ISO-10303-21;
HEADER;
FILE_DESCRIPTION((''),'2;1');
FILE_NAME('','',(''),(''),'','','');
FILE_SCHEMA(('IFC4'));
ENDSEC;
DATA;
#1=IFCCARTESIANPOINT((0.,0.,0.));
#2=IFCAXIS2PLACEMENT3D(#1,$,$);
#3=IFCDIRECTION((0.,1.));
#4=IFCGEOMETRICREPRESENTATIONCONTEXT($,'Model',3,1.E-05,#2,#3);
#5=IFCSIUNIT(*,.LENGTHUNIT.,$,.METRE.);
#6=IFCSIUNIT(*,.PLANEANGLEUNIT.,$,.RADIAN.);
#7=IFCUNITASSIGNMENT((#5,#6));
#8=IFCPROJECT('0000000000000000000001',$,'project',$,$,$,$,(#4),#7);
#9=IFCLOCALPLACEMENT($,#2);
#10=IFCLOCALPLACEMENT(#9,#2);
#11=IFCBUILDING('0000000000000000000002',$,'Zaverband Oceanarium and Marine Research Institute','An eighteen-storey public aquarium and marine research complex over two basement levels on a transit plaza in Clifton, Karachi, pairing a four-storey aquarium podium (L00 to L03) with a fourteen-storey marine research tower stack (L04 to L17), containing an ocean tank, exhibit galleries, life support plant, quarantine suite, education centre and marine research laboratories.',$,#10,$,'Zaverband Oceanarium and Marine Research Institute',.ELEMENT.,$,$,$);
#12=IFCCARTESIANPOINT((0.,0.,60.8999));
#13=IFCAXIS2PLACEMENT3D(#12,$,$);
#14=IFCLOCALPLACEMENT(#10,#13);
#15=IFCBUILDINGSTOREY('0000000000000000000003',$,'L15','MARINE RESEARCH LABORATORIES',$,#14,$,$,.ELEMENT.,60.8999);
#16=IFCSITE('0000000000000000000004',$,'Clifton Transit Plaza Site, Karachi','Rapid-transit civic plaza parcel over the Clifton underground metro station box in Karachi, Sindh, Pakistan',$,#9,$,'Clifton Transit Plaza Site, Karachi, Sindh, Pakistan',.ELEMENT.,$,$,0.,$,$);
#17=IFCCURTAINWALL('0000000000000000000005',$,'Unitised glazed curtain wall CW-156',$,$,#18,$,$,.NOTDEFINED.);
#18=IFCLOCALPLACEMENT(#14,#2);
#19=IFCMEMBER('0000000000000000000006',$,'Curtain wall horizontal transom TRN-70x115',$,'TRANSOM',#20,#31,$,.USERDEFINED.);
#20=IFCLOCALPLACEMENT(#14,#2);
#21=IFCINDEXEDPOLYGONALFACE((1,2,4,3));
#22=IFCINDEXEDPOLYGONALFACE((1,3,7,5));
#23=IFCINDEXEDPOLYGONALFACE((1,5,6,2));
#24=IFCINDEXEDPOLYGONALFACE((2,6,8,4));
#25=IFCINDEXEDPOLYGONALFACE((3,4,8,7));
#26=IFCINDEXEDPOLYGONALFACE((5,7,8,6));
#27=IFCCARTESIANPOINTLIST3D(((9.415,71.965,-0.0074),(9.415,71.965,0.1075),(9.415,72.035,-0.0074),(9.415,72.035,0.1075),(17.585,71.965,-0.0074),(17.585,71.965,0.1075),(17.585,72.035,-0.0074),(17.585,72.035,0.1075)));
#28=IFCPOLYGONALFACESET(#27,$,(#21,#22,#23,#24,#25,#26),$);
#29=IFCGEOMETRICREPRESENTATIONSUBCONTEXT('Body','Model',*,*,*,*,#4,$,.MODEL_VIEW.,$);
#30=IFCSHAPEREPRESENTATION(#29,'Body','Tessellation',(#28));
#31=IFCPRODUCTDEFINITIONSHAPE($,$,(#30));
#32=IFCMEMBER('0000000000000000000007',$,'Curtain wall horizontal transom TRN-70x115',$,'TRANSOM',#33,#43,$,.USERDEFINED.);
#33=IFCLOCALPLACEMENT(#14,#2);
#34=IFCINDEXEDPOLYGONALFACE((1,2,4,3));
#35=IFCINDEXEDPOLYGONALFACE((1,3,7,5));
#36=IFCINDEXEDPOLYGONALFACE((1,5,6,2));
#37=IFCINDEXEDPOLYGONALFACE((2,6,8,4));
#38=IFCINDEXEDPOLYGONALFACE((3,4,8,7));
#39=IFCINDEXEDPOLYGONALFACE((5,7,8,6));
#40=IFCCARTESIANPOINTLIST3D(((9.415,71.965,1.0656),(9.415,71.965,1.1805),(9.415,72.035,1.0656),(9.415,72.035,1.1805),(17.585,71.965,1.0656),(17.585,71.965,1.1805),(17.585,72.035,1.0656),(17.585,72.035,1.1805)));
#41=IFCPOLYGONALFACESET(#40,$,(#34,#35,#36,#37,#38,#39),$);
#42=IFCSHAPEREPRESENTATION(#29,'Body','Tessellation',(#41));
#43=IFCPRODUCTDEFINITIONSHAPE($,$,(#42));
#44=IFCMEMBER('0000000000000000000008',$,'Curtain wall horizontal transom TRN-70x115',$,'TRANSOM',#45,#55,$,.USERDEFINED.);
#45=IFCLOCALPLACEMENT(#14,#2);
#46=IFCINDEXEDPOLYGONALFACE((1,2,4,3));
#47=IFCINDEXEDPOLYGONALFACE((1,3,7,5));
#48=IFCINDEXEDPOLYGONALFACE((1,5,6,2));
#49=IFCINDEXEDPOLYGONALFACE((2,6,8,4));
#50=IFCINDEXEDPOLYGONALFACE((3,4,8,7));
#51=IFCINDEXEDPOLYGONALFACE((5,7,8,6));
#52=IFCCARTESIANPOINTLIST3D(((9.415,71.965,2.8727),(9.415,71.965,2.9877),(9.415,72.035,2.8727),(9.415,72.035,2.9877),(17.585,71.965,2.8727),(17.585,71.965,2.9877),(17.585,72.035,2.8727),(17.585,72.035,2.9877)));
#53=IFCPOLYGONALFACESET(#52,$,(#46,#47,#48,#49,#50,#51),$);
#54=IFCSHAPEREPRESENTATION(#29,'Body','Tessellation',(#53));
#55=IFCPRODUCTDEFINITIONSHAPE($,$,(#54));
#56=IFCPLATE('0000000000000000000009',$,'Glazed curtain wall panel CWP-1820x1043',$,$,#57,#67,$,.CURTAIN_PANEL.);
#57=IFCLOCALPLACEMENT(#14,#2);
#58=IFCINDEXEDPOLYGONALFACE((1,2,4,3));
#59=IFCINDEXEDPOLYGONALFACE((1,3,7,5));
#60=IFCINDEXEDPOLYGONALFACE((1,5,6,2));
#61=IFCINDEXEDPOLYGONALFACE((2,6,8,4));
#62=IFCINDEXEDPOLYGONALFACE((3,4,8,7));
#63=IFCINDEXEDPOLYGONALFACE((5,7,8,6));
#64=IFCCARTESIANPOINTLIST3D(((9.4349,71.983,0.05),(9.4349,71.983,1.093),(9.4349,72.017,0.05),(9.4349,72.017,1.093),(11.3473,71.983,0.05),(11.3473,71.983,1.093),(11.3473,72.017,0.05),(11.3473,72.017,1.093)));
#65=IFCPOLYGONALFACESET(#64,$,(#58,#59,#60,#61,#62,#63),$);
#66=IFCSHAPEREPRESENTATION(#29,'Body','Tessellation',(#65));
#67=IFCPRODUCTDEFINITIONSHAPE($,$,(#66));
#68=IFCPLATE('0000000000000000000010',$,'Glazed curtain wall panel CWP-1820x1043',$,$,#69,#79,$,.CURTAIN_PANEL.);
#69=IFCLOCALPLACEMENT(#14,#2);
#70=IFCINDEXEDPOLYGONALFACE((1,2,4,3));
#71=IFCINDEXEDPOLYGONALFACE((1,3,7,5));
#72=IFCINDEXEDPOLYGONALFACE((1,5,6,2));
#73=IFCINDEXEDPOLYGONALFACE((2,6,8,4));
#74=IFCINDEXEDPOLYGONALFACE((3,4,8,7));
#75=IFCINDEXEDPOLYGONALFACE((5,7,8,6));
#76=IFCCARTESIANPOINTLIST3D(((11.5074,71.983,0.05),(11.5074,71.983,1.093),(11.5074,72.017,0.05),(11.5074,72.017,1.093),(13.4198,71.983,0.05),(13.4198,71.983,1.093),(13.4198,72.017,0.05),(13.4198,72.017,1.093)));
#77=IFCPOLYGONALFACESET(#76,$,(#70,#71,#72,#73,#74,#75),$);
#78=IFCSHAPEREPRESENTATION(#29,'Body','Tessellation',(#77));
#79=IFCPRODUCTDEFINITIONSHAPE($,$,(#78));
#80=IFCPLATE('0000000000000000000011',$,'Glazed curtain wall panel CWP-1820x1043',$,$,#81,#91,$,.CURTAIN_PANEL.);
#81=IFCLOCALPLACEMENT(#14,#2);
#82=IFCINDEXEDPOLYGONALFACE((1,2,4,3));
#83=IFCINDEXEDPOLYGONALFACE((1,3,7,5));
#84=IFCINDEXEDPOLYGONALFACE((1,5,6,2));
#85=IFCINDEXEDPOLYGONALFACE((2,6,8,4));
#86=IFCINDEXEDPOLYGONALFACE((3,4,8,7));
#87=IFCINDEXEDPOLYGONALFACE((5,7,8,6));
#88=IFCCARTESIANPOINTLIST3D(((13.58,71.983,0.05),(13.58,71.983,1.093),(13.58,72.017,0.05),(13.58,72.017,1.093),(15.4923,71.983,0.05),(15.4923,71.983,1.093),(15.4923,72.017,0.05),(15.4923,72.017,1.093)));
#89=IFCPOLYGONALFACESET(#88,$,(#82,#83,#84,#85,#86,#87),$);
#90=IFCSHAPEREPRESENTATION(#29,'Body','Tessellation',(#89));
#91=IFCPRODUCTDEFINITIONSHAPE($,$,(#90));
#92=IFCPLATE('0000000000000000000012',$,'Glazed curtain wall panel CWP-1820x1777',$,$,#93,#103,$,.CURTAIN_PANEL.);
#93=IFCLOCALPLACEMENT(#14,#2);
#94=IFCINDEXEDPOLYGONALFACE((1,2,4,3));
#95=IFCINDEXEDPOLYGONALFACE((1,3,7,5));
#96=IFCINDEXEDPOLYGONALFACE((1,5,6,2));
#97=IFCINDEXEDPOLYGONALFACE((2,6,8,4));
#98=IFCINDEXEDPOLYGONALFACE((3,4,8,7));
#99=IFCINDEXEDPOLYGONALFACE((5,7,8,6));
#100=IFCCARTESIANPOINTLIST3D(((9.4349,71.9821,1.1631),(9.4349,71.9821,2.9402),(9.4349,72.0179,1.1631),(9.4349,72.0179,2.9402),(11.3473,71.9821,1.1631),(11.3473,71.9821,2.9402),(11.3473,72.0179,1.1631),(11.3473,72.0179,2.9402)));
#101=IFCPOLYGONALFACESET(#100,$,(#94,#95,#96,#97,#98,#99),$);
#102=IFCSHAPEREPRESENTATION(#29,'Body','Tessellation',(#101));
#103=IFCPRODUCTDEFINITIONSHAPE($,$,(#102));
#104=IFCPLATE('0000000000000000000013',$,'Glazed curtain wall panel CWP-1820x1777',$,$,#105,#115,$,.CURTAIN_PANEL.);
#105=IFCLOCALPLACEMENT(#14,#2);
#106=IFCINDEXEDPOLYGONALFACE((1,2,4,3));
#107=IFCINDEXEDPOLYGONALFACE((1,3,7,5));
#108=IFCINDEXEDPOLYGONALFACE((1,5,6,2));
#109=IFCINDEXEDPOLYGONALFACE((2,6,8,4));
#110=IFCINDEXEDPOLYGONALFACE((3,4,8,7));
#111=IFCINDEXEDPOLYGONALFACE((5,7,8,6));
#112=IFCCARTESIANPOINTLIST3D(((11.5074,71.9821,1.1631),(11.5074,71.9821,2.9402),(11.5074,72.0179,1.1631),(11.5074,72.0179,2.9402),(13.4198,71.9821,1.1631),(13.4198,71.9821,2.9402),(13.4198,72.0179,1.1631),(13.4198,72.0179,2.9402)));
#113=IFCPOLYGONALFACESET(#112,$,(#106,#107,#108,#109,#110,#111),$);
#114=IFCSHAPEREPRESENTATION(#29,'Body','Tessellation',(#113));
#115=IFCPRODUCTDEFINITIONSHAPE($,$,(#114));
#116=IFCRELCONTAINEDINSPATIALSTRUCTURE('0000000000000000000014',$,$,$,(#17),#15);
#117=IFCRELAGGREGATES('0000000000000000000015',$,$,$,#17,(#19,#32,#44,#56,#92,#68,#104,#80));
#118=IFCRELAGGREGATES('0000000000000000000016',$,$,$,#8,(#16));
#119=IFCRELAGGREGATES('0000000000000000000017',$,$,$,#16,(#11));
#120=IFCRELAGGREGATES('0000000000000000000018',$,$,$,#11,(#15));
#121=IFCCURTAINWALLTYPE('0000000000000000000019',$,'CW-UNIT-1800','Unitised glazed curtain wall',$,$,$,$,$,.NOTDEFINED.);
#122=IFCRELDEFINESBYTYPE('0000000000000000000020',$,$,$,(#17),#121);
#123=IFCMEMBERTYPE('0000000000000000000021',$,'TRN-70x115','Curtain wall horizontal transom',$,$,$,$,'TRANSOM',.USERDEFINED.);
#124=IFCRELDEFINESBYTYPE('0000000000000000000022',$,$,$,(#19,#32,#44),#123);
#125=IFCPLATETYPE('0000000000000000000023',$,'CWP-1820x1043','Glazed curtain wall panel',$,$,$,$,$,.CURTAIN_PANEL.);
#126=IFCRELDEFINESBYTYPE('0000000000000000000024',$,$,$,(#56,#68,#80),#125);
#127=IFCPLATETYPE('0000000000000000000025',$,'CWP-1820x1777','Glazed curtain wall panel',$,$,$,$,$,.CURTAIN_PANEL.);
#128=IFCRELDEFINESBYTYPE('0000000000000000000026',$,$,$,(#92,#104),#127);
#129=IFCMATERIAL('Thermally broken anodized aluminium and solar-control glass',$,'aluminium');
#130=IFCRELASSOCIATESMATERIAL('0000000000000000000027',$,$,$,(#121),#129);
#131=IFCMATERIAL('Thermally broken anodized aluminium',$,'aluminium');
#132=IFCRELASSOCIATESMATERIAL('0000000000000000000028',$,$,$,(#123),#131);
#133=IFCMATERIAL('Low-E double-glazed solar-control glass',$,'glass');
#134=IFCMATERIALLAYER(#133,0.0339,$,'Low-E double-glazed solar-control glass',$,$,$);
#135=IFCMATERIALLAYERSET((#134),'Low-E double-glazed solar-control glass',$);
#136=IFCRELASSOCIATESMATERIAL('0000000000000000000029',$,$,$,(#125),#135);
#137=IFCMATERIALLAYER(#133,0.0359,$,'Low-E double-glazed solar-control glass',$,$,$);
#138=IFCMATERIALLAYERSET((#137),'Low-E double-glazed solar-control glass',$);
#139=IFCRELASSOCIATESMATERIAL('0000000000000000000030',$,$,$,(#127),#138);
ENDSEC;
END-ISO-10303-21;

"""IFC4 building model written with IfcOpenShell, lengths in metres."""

from ifc_helpers import new_model, si_unit, direction, frame, frame_2d, origin, origin_2d, place, context, subcontext, project, spatial, rectangle, extrude, material, layer, layer_set, material_profile, profile_set, type_object, element, aggregate, save


model = new_model("IFC4")

# Units and contexts
model_context = context("Model", 3, precision=1e-05, world=origin(), true_north=direction((0.0, 1.0)))
body_context = subcontext(model_context, "Body", "Model", "MODEL_VIEW")
ifc_project = project(units=[si_unit("LENGTHUNIT", "METRE"), si_unit("PLANEANGLEUNIT", "RADIAN")], contexts=[model_context])

# Site, building, storey
site_placement = place(None, origin())
site = spatial("IfcSite", under=ifc_project, at=site_placement, Name="Clifton Transit Plaza Site, Karachi", Description="Rapid-transit civic plaza parcel over the Clifton underground metro station box in Karachi, Sindh, Pakistan", LongName="Clifton Transit Plaza Site, Karachi, Sindh, Pakistan", CompositionType="ELEMENT", RefElevation=0.0)
building_placement = place(site_placement, origin())
building = spatial("IfcBuilding", under=site, at=building_placement, Name="Zaverband Oceanarium and Marine Research Institute", Description="An eighteen-storey public aquarium and marine research complex over two basement levels on a transit plaza in Clifton, Karachi, pairing a four-storey aquarium podium (L00 to L03) with a fourteen-storey marine research tower stack (L04 to L17), containing an ocean tank, exhibit galleries, life support plant, quarantine suite, education centre and marine research laboratories.", LongName="Zaverband Oceanarium and Marine Research Institute", CompositionType="ELEMENT")
storey_placement = place(building_placement, frame((0.0, 0.0, 60.8999)))
storey = spatial("IfcBuildingStorey", under=building, at=storey_placement, Name="L15", Description="MARINE RESEARCH LABORATORIES", CompositionType="ELEMENT", Elevation=60.8999)

# Curtain wall
ifc_material_1 = material(Name="Thermally broken anodized aluminium and solar-control glass", Category="aluminium")
curtain_wall_type = type_object("IfcCurtainWallType", Name="CW-UNIT-1800", Description="Unitised glazed curtain wall", PredefinedType="NOTDEFINED", material=ifc_material_1)
curtain_wall_placement = place(storey_placement, origin())
curtain_wall = element("IfcCurtainWall", 1, at=curtain_wall_placement, inside=storey, type_object=curtain_wall_type, Name="Unitised glazed curtain wall CW-156", PredefinedType="NOTDEFINED")
ifc_material_2 = material(Name="Thermally broken anodized aluminium", Category="aluminium")

# Members
ifc_material_profile_1 = material_profile(ifc_material_2, rectangle(XDim=0.0701, YDim=0.115, at=origin_2d()), Name="AL-TRN-70x115")
ifc_profile_set_1 = profile_set([ifc_material_profile_1], Name="Thermally broken anodized aluminium")
member_type_1 = type_object("IfcMemberType", Name="TRN-70x115", Description="Curtain wall horizontal transom", ElementType="TRANSOM", PredefinedType="USERDEFINED", material=ifc_profile_set_1)
member_1_placement = place(storey_placement, frame((9.415, 72.0, 0.05), z_axis=(1.0, 0.0, 0.0), x_axis=(0.0, 1.0, 0.0)))
member_1 = element("IfcMember", 2, at=member_1_placement, type_object=member_type_1, Name="Curtain wall horizontal transom TRN-70x115", ObjectType="TRANSOM", PredefinedType="USERDEFINED", context=body_context, shape_type="SweptSolid", body=[
    extrude(rectangle(XDim=0.0701, YDim=0.115, at=origin_2d()), origin(), (0.0, 0.0, 1.0), 8.1699),
])
member_2_placement = place(storey_placement, frame((9.415, 72.0, 1.123), z_axis=(1.0, 0.0, 0.0), x_axis=(0.0, 1.0, 0.0)))
member_2 = element("IfcMember", 3, at=member_2_placement, type_object=member_type_1, Name="Curtain wall horizontal transom TRN-70x115", ObjectType="TRANSOM", PredefinedType="USERDEFINED", context=body_context, shape_type="SweptSolid", body=[
    extrude(rectangle(XDim=0.0701, YDim=0.115, at=origin_2d()), origin(), (0.0, 0.0, 1.0), 8.1699),
])
member_3_placement = place(storey_placement, frame((9.415, 72.0, 2.9302), z_axis=(1.0, 0.0, 0.0), x_axis=(0.0, 1.0, 0.0)))
member_3 = element("IfcMember", 4, at=member_3_placement, type_object=member_type_1, Name="Curtain wall horizontal transom TRN-70x115", ObjectType="TRANSOM", PredefinedType="USERDEFINED", context=body_context, shape_type="SweptSolid", body=[
    extrude(rectangle(XDim=0.0701, YDim=0.115, at=origin_2d()), origin(), (0.0, 0.0, 1.0), 8.1699),
])

# Plates
ifc_material_3 = material(Name="Low-E double-glazed solar-control glass", Category="glass")
ifc_layer_1 = layer(ifc_material_3, 0.0339, Name="Low-E double-glazed solar-control glass")
ifc_layer_set_1 = layer_set([ifc_layer_1], Name="Low-E double-glazed solar-control glass")
plate_type_1 = type_object("IfcPlateType", Name="CWP-1820x1043", Description="Glazed curtain wall panel", PredefinedType="CURTAIN_PANEL", material=ifc_layer_set_1)
plate_1_placement = place(storey_placement, frame((9.4351, 72.0, 0.05), z_axis=(0.0, 0.0, 1.0), x_axis=(1.0, 0.0, 0.0)))
plate_1 = element("IfcPlate", 5, at=plate_1_placement, type_object=plate_type_1, Name="Glazed curtain wall panel CWP-1820x1043", PredefinedType="CURTAIN_PANEL", context=body_context, shape_type="SweptSolid", body=[
    extrude(rectangle(XDim=1.9124, YDim=0.0339, at=frame_2d((0.9561, 0.0))), origin(), (0.0, 0.0, 1.0), 1.043),
])
plate_2_placement = place(storey_placement, frame((11.5076, 72.0, 0.05), z_axis=(0.0, 0.0, 1.0), x_axis=(1.0, 0.0, 0.0)))
plate_2 = element("IfcPlate", 6, at=plate_2_placement, type_object=plate_type_1, Name="Glazed curtain wall panel CWP-1820x1043", PredefinedType="CURTAIN_PANEL", context=body_context, shape_type="SweptSolid", body=[
    extrude(rectangle(XDim=1.9124, YDim=0.0339, at=frame_2d((0.9561, 0.0))), origin(), (0.0, 0.0, 1.0), 1.043),
])
plate_3_placement = place(storey_placement, frame((13.5801, 72.0, 0.05), z_axis=(0.0, 0.0, 1.0), x_axis=(1.0, 0.0, 0.0)))
plate_3 = element("IfcPlate", 7, at=plate_3_placement, type_object=plate_type_1, Name="Glazed curtain wall panel CWP-1820x1043", PredefinedType="CURTAIN_PANEL", context=body_context, shape_type="SweptSolid", body=[
    extrude(rectangle(XDim=1.9124, YDim=0.0339, at=frame_2d((0.9561, 0.0))), origin(), (0.0, 0.0, 1.0), 1.043),
])
ifc_layer_2 = layer(ifc_material_3, 0.0359, Name="Low-E double-glazed solar-control glass")
ifc_layer_set_2 = layer_set([ifc_layer_2], Name="Low-E double-glazed solar-control glass")
plate_type_2 = type_object("IfcPlateType", Name="CWP-1820x1777", Description="Glazed curtain wall panel", PredefinedType="CURTAIN_PANEL", material=ifc_layer_set_2)
plate_4_placement = place(storey_placement, frame((9.4351, 72.0, 1.1631), z_axis=(0.0, 0.0, 1.0), x_axis=(1.0, 0.0, 0.0)))
plate_4 = element("IfcPlate", 8, at=plate_4_placement, type_object=plate_type_2, Name="Glazed curtain wall panel CWP-1820x1777", PredefinedType="CURTAIN_PANEL", context=body_context, shape_type="SweptSolid", body=[
    extrude(rectangle(XDim=1.9124, YDim=0.0359, at=frame_2d((0.9561, 0.0))), origin(), (0.0, 0.0, 1.0), 1.7771),
])
plate_5_placement = place(storey_placement, frame((11.5076, 72.0, 1.1631), z_axis=(0.0, 0.0, 1.0), x_axis=(1.0, 0.0, 0.0)))
plate_5 = element("IfcPlate", 9, at=plate_5_placement, type_object=plate_type_2, Name="Glazed curtain wall panel CWP-1820x1777", PredefinedType="CURTAIN_PANEL", context=body_context, shape_type="SweptSolid", body=[
    extrude(rectangle(XDim=1.9124, YDim=0.0359, at=frame_2d((0.9561, 0.0))), origin(), (0.0, 0.0, 1.0), 1.7771),
])
aggregate(curtain_wall, [member_1, member_2, member_3, plate_1, plate_4, plate_2, plate_5, plate_3])

save(model, "model.ifc")
